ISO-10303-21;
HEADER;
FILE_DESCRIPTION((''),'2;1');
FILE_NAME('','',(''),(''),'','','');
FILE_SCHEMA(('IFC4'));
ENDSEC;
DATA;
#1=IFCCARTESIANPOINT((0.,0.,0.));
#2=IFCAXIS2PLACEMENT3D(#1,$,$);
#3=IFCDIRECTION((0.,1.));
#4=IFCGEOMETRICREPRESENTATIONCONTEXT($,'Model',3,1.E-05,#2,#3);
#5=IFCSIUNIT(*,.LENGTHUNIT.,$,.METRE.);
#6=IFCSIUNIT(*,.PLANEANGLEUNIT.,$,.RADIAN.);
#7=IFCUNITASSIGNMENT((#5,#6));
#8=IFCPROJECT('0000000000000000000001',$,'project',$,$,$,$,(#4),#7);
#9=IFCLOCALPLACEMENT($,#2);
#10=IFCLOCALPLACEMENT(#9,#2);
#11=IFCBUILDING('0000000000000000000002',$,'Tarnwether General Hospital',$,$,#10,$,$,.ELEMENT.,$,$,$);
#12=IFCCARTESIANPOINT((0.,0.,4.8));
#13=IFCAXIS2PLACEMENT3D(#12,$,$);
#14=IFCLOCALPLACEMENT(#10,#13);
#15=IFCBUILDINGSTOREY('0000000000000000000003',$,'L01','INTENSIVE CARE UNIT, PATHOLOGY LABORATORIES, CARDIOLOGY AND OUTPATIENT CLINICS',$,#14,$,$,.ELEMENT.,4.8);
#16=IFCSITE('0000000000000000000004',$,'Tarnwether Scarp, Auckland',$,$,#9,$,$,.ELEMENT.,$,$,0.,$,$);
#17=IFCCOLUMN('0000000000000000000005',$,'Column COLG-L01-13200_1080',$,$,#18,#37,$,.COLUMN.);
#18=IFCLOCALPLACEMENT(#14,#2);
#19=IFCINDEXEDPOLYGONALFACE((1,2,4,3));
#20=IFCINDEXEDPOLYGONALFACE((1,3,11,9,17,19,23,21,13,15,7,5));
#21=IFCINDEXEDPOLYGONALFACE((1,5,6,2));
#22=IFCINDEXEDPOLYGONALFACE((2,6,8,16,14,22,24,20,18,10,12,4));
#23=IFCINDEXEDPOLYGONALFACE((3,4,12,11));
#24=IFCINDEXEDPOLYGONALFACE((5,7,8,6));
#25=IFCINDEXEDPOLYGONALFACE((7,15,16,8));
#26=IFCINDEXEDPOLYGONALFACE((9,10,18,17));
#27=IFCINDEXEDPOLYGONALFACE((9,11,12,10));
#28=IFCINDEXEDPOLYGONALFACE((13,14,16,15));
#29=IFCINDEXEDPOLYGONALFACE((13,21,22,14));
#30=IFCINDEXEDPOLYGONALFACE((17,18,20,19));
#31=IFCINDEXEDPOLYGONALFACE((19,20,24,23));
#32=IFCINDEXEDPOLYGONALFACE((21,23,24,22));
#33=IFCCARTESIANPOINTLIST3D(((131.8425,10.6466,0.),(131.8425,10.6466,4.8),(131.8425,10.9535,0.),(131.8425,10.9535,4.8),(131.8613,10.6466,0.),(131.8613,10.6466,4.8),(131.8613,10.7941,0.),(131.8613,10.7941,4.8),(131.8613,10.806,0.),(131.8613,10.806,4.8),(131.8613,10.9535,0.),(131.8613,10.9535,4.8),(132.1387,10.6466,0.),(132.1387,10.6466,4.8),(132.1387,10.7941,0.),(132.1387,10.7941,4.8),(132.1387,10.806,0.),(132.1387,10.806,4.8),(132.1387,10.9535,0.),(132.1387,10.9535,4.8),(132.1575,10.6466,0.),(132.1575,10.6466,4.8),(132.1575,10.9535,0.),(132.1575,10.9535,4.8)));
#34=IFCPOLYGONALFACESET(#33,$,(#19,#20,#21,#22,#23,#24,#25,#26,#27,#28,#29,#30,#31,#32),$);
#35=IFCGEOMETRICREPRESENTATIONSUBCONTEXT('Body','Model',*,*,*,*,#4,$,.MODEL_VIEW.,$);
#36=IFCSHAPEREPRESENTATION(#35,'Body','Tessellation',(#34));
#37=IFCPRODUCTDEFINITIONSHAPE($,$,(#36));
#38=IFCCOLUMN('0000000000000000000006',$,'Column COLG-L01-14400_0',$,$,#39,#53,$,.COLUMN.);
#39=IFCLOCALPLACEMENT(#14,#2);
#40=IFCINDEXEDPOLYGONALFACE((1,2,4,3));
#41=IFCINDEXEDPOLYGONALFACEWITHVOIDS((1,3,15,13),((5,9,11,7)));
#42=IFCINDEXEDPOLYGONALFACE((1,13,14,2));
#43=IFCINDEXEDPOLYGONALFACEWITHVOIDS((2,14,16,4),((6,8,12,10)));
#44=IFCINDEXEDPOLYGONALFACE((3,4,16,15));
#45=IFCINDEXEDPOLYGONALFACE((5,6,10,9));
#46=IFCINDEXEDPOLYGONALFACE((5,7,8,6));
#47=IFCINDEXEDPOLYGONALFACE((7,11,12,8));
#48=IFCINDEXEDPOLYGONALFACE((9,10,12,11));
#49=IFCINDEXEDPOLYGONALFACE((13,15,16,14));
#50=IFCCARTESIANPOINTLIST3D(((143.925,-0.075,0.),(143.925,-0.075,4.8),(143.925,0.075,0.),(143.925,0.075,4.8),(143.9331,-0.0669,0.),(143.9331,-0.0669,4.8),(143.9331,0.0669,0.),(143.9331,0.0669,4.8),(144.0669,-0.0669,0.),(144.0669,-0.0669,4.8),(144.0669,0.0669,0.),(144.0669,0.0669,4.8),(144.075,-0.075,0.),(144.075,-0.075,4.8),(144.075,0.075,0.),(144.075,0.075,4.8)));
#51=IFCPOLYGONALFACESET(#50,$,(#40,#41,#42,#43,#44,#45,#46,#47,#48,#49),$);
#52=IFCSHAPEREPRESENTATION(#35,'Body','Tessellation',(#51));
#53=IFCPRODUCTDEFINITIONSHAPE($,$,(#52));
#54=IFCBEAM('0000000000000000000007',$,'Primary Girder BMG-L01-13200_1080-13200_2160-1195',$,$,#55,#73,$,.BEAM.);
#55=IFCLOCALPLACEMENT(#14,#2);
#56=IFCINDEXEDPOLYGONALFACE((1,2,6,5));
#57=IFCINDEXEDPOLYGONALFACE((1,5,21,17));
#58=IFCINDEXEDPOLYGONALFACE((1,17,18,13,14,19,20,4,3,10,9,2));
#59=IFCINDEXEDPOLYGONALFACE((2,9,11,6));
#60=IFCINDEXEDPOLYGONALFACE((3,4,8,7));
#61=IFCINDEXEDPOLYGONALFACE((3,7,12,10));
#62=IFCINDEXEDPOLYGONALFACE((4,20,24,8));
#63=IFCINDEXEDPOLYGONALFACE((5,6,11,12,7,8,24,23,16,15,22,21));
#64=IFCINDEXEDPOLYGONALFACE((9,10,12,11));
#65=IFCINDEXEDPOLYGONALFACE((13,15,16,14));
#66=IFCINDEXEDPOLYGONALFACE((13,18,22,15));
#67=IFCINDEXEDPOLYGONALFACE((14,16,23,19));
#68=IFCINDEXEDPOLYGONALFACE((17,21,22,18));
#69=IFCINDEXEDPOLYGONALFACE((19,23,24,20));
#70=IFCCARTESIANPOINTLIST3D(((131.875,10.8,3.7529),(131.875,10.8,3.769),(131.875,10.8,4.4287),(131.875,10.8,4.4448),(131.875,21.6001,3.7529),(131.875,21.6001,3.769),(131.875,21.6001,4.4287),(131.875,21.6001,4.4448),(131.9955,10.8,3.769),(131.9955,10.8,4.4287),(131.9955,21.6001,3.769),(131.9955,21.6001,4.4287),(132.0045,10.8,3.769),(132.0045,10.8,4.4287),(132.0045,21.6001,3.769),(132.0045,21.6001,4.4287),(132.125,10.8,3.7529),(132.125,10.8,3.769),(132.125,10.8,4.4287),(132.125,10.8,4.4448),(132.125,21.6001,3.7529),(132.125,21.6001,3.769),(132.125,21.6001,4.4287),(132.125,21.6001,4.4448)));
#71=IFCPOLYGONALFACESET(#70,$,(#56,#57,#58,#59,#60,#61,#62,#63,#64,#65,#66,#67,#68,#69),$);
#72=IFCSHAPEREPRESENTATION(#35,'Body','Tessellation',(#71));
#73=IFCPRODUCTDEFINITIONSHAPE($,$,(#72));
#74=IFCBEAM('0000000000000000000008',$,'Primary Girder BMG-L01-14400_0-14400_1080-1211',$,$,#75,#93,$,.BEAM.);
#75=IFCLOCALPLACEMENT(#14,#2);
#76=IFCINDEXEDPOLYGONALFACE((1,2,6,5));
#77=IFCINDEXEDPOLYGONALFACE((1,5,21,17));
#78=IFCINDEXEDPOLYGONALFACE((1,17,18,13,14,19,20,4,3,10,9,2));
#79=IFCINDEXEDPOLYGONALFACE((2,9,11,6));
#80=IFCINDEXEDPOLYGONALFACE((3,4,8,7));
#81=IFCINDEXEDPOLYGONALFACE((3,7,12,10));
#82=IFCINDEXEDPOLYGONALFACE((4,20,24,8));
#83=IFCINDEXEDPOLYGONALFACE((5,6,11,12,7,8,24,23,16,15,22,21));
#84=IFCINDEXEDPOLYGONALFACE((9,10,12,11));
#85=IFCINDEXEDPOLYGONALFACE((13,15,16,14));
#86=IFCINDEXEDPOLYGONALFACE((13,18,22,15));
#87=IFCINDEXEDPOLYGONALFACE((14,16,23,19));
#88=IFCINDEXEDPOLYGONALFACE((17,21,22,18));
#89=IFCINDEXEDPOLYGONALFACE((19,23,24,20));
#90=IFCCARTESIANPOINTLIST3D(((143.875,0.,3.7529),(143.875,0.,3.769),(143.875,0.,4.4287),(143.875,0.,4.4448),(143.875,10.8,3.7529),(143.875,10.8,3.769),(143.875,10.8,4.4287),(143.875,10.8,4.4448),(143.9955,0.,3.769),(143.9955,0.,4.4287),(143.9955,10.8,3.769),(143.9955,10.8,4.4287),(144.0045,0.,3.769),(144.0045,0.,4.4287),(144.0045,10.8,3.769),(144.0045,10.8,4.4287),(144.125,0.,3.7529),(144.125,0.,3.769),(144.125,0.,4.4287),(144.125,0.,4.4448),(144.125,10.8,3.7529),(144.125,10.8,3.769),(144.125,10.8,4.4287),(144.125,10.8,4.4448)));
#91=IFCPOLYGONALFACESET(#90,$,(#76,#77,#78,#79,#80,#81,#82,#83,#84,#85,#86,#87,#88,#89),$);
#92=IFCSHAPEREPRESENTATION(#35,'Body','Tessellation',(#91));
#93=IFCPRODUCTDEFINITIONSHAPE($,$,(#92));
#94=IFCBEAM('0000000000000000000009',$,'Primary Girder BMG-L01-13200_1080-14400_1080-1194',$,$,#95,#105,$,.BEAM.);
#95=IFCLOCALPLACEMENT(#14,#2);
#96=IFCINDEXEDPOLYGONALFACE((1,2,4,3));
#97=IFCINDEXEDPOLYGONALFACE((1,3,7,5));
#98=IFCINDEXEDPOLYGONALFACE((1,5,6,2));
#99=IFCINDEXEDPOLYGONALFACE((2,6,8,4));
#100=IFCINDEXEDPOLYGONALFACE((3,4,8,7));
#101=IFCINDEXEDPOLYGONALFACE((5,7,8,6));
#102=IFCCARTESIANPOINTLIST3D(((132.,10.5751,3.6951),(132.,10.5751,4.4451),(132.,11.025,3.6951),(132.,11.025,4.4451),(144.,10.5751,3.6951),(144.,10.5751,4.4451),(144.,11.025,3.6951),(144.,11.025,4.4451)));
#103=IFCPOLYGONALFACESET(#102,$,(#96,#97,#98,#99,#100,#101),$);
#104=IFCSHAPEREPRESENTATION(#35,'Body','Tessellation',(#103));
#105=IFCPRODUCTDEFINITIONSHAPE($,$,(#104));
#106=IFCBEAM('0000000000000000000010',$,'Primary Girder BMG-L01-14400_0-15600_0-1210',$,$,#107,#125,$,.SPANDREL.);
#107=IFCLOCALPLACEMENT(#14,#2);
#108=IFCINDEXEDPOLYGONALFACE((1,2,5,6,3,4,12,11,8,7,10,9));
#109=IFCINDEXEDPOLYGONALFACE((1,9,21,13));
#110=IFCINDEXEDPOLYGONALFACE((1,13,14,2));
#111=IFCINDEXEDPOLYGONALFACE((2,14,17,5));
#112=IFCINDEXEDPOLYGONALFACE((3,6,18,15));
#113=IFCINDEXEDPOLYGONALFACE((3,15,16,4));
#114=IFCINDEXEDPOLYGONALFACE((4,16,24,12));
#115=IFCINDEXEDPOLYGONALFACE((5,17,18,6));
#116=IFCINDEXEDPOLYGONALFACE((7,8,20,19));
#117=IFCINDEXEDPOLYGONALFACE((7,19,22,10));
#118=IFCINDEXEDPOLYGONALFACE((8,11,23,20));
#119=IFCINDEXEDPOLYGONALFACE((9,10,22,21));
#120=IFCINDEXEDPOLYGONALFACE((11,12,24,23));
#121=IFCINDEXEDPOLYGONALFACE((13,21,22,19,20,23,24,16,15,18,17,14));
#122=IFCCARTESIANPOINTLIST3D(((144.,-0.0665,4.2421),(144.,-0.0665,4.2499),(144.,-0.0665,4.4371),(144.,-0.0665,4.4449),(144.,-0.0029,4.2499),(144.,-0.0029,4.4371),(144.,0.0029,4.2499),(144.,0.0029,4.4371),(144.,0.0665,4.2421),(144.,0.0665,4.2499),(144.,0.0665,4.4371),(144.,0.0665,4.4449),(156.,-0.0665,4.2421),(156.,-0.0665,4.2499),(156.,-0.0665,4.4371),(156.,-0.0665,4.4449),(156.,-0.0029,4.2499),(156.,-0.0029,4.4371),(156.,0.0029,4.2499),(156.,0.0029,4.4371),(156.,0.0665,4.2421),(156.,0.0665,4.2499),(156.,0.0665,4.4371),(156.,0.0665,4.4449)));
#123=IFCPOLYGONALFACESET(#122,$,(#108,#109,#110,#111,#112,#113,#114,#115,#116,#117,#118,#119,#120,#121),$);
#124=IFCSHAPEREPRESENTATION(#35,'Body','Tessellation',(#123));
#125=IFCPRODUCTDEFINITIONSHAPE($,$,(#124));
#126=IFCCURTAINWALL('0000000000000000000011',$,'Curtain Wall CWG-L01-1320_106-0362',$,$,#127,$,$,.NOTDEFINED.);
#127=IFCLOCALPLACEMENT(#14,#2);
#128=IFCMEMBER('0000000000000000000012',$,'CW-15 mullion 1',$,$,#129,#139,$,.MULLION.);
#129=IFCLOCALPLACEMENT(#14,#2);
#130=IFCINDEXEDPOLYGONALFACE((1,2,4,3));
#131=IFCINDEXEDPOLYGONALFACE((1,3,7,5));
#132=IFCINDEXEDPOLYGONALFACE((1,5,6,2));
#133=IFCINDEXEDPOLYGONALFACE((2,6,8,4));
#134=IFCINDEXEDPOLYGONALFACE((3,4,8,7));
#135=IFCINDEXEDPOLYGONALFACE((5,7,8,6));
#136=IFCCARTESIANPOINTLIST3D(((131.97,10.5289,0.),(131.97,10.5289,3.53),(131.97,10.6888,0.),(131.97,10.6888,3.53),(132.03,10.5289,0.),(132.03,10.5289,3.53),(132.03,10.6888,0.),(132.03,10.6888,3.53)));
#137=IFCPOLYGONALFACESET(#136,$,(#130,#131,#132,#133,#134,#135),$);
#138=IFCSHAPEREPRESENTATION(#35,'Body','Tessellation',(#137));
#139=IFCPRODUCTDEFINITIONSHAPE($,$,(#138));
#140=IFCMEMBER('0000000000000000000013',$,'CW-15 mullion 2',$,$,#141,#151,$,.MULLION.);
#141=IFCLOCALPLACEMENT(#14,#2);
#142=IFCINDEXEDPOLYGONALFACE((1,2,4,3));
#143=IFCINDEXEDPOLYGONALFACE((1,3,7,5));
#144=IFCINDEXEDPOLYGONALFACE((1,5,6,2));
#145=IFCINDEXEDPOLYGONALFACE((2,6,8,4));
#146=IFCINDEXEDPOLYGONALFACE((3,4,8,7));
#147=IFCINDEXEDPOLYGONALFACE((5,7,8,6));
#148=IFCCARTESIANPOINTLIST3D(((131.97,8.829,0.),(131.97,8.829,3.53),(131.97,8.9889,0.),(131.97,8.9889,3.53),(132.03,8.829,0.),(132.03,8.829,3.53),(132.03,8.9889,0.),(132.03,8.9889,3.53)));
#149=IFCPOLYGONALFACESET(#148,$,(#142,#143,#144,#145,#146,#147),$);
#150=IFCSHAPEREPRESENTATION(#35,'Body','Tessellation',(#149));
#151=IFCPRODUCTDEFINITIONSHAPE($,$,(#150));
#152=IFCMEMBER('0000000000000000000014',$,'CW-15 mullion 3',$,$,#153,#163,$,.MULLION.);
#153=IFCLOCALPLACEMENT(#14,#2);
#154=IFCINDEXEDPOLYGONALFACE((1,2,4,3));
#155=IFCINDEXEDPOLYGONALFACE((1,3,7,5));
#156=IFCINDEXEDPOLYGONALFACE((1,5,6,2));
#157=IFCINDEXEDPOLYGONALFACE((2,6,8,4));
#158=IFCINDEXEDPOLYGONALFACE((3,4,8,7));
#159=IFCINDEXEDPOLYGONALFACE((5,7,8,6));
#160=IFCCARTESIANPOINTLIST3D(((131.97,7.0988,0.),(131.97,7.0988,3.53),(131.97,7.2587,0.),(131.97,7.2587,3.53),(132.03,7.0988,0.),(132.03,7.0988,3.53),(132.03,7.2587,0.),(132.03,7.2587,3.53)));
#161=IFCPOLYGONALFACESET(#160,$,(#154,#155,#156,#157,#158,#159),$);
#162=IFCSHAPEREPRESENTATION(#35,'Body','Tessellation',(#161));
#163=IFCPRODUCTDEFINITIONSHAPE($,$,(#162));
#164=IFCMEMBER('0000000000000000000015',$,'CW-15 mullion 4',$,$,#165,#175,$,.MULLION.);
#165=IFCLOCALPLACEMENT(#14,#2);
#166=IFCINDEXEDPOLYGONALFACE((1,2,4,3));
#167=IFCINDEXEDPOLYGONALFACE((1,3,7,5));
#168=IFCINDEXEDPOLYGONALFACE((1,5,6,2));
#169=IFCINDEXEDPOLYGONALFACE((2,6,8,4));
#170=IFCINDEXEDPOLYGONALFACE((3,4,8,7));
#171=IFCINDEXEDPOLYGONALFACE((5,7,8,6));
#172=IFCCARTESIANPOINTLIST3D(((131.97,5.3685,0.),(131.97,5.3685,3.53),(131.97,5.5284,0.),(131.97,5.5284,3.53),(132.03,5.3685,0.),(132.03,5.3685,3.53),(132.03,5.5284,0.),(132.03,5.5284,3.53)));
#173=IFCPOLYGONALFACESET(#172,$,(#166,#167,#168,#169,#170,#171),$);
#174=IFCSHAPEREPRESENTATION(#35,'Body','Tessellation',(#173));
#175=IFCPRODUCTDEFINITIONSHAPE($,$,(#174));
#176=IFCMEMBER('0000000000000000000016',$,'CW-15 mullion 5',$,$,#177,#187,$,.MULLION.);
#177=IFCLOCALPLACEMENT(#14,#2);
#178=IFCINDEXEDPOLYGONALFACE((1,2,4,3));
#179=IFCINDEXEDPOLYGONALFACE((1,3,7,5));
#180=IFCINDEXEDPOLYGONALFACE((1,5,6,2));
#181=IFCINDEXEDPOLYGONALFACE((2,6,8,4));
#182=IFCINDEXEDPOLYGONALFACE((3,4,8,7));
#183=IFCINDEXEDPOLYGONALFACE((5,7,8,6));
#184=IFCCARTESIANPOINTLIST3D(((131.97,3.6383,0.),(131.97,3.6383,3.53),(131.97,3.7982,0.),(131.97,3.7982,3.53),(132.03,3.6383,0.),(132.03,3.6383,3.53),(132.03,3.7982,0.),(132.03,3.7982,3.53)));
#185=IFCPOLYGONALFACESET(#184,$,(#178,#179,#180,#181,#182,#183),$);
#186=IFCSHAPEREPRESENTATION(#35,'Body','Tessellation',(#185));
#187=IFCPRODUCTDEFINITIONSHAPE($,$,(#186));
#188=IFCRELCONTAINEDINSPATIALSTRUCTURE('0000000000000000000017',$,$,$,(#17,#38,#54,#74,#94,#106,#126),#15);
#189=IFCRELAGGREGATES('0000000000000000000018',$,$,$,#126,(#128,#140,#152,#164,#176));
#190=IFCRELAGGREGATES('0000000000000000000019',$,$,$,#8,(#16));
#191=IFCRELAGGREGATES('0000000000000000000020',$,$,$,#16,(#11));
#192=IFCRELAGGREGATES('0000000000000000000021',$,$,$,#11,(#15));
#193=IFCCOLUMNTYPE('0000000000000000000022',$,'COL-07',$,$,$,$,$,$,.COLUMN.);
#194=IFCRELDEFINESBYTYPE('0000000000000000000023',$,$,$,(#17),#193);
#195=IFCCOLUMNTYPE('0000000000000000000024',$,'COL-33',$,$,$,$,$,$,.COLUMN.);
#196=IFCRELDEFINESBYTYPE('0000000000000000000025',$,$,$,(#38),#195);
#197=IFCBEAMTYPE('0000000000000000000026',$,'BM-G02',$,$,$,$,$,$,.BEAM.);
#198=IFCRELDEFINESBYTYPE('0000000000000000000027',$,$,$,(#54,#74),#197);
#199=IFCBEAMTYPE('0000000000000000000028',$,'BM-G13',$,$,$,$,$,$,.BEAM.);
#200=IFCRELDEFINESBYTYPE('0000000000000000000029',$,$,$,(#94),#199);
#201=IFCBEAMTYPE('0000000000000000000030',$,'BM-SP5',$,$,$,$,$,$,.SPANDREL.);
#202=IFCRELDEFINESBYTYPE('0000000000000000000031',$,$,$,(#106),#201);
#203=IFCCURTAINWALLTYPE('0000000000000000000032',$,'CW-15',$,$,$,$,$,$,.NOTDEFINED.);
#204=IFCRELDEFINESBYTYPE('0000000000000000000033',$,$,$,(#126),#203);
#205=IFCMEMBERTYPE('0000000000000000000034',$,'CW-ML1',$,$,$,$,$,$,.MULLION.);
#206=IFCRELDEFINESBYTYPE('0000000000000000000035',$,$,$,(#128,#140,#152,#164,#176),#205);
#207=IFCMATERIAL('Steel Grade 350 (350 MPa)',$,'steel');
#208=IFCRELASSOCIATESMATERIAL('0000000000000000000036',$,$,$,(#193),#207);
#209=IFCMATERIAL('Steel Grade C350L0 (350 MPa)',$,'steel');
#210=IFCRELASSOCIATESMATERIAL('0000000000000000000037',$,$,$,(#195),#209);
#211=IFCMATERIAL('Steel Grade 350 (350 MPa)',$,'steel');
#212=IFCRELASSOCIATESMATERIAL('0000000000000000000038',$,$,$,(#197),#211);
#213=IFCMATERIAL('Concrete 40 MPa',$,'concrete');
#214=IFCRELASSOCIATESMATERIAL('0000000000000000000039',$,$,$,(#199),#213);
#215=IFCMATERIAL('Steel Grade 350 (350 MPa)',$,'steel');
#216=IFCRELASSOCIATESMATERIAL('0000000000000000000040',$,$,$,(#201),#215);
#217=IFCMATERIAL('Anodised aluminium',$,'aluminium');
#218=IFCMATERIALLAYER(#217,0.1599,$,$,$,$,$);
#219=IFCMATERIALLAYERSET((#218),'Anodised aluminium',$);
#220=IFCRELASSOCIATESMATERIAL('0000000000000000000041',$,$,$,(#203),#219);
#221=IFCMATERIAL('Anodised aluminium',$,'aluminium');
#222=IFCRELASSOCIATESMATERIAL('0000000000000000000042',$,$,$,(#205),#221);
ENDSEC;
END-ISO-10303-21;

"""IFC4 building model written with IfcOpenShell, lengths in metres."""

from ifc_helpers import new_model, si_unit, direction, frame, origin, origin_2d, place, context, subcontext, project, spatial, rectangle, hollow_rectangle, i_section, extrude, material, layer, layer_set, material_profile, profile_set, type_object, element, aggregate, save


model = new_model("IFC4")

# Units and contexts
model_context = context("Model", 3, precision=1e-05, world=origin(), true_north=direction((0.0, 1.0)))
body_context = subcontext(model_context, "Body", "Model", "MODEL_VIEW")
ifc_project = project(units=[si_unit("LENGTHUNIT", "METRE"), si_unit("PLANEANGLEUNIT", "RADIAN")], contexts=[model_context])

# Site, building, storey
site_placement = place(None, origin())
site = spatial("IfcSite", under=ifc_project, at=site_placement, Name="Tarnwether Scarp, Auckland", CompositionType="ELEMENT", RefElevation=0.0)
building_placement = place(site_placement, origin())
building = spatial("IfcBuilding", under=site, at=building_placement, Name="Tarnwether General Hospital", CompositionType="ELEMENT")
storey_placement = place(building_placement, frame((0.0, 0.0, 4.8)))
storey = spatial("IfcBuildingStorey", under=building, at=storey_placement, Name="L01", Description="INTENSIVE CARE UNIT, PATHOLOGY LABORATORIES, CARDIOLOGY AND OUTPATIENT CLINICS", CompositionType="ELEMENT", Elevation=4.8)

# Columns
ifc_material_1 = material(Name="Steel Grade 350 (350 MPa)", Category="steel")
ifc_material_profile_1 = material_profile(ifc_material_1, i_section(OverallWidth=0.3069, OverallDepth=0.3149, WebThickness=0.012, FlangeThickness=0.0188, at=origin_2d()), Name="310UC118")
ifc_profile_set_1 = profile_set([ifc_material_profile_1], Name="Steel Grade 350 (350 MPa)")
column_type_1 = type_object("IfcColumnType", Name="COL-07", PredefinedType="COLUMN", material=ifc_profile_set_1)
column_1_placement = place(storey_placement, frame((132.0, 10.8, 0.0), z_axis=(0.0, 0.0, 1.0), x_axis=(0.0, 1.0, 0.0)))
element("IfcColumn", 1, at=column_1_placement, inside=storey, type_object=column_type_1, Name="Column COLG-L01-13200_1080", PredefinedType="COLUMN", context=body_context, shape_type="SweptSolid", body=[
    extrude(i_section(OverallWidth=0.3069, OverallDepth=0.3149, WebThickness=0.012, FlangeThickness=0.0188, at=origin_2d()), origin(), (0.0, 0.0, 1.0), 4.8),
])
ifc_material_2 = material(Name="Steel Grade C350L0 (350 MPa)", Category="steel")
ifc_material_profile_2 = material_profile(ifc_material_2, hollow_rectangle(XDim=0.1499, YDim=0.1499, WallThickness=0.0081, at=origin_2d()), Name="SHS150x150x8")
ifc_profile_set_2 = profile_set([ifc_material_profile_2], Name="Steel Grade C350L0 (350 MPa)")
column_type_2 = type_object("IfcColumnType", Name="COL-33", PredefinedType="COLUMN", material=ifc_profile_set_2)
column_2_placement = place(storey_placement, frame((144.0, 0.0, 0.0), z_axis=(0.0, 0.0, 1.0), x_axis=(1.0, 0.0, 0.0)))
element("IfcColumn", 2, at=column_2_placement, inside=storey, type_object=column_type_2, Name="Column COLG-L01-14400_0", PredefinedType="COLUMN", context=body_context, shape_type="SweptSolid", body=[
    extrude(hollow_rectangle(XDim=0.1499, YDim=0.1499, WallThickness=0.0081, at=origin_2d()), origin(), (0.0, 0.0, 1.0), 4.8),
])

# Beams
ifc_material_3 = material(Name="Steel Grade 350 (350 MPa)", Category="steel")
ifc_material_profile_3 = material_profile(ifc_material_3, i_section(OverallWidth=0.25, OverallDepth=0.6919, WebThickness=0.009, FlangeThickness=0.0161, at=origin_2d()), Name="700WB115")
ifc_profile_set_3 = profile_set([ifc_material_profile_3], Name="Steel Grade 350 (350 MPa)")
beam_type_1 = type_object("IfcBeamType", Name="BM-G02", PredefinedType="BEAM", material=ifc_profile_set_3)
for number, where, z_axis, x_axis, name in (
    (3, (132.0, 10.8, 4.0989), (0.0, 1.0, 0.0), (-1.0, 0.0, 0.0), "Primary Girder BMG-L01-13200_1080-13200_2160-1195"),
    (4, (144.0, 0.0, 4.0989), (0.0, 1.0, 0.0), (-1.0, 0.0, 0.0), "Primary Girder BMG-L01-14400_0-14400_1080-1211"),
):
    element("IfcBeam", number, at=place(storey_placement, frame(where, z_axis=z_axis, x_axis=x_axis)), inside=storey, type_object=beam_type_1, Name=name, PredefinedType="BEAM", context=body_context, shape_type="SweptSolid", body=[
        extrude(i_section(OverallWidth=0.25, OverallDepth=0.6919, WebThickness=0.009, FlangeThickness=0.0161, at=origin_2d()), origin(), (0.0, 0.0, 1.0), 10.8),
    ])
ifc_material_4 = material(Name="Concrete 40 MPa", Category="concrete")
ifc_material_profile_4 = material_profile(ifc_material_4, rectangle(XDim=0.45, YDim=0.75, at=origin_2d()), Name="RC-BM-450x750")
ifc_profile_set_4 = profile_set([ifc_material_profile_4], Name="Concrete 40 MPa")
beam_type_2 = type_object("IfcBeamType", Name="BM-G13", PredefinedType="BEAM", material=ifc_profile_set_4)
beam_1_placement = place(storey_placement, frame((132.0, 10.8, 4.0701), z_axis=(1.0, 0.0, 0.0), x_axis=(0.0, 1.0, 0.0)))
element("IfcBeam", 5, at=beam_1_placement, inside=storey, type_object=beam_type_2, Name="Primary Girder BMG-L01-13200_1080-14400_1080-1194", PredefinedType="BEAM", context=body_context, shape_type="SweptSolid", body=[
    extrude(rectangle(XDim=0.45, YDim=0.75, at=origin_2d()), origin(), (0.0, 0.0, 1.0), 12.0),
])
ifc_material_5 = material(Name="Steel Grade 350 (350 MPa)", Category="steel")
ifc_material_profile_5 = material_profile(ifc_material_5, i_section(OverallWidth=0.1331, OverallDepth=0.2029, WebThickness=0.0059, FlangeThickness=0.0078, at=origin_2d()), Name="200UB25.4")
ifc_profile_set_5 = profile_set([ifc_material_profile_5], Name="Steel Grade 350 (350 MPa)")
beam_type_3 = type_object("IfcBeamType", Name="BM-SP5", PredefinedType="SPANDREL", material=ifc_profile_set_5)
beam_2_placement = place(storey_placement, frame((144.0, 0.0, 4.3435), z_axis=(1.0, 0.0, 0.0), x_axis=(0.0, 1.0, 0.0)))
element("IfcBeam", 6, at=beam_2_placement, inside=storey, type_object=beam_type_3, Name="Primary Girder BMG-L01-14400_0-15600_0-1210", PredefinedType="SPANDREL", context=body_context, shape_type="SweptSolid", body=[
    extrude(i_section(OverallWidth=0.1331, OverallDepth=0.2029, WebThickness=0.0059, FlangeThickness=0.0078, at=origin_2d()), origin(), (0.0, 0.0, 1.0), 12.0),
])

# Curtain wall, members
ifc_material_6 = material(Name="Anodised aluminium", Category="aluminium")
ifc_layer_1 = layer(ifc_material_6, 0.1599)
ifc_layer_set_1 = layer_set([ifc_layer_1], Name="Anodised aluminium")
curtain_wall_type = type_object("IfcCurtainWallType", Name="CW-15", PredefinedType="NOTDEFINED", material=ifc_layer_set_1)
curtain_wall_1_placement = place(storey_placement, origin())
curtain_wall_1 = element("IfcCurtainWall", 7, at=curtain_wall_1_placement, inside=storey, type_object=curtain_wall_type, Name="Curtain Wall CWG-L01-1320_106-0362", PredefinedType="NOTDEFINED")
ifc_material_7 = material(Name="Anodised aluminium", Category="aluminium")
ifc_material_profile_6 = material_profile(ifc_material_7, rectangle(XDim=0.0601, YDim=0.1599, at=origin_2d()), Name="ALU-MUL-60x160")
ifc_profile_set_6 = profile_set([ifc_material_profile_6], Name="Anodised aluminium")
member_type_1 = type_object("IfcMemberType", Name="CW-ML1", PredefinedType="MULLION", material=ifc_profile_set_6)
member_1_placement = place(storey_placement, frame((132.0, 10.6089, 0.0), z_axis=(0.0, 0.0, 1.0), x_axis=(1.0, 0.0, 0.0)))
member_1 = element("IfcMember", 8, at=member_1_placement, type_object=member_type_1, Name="CW-15 mullion 1", PredefinedType="MULLION", context=body_context, shape_type="SweptSolid", body=[
    extrude(rectangle(XDim=0.0601, YDim=0.1599, at=origin_2d()), origin(), (0.0, 0.0, 1.0), 3.53),
])
member_2_placement = place(storey_placement, frame((132.0, 8.9089, 0.0), z_axis=(0.0, 0.0, 1.0), x_axis=(1.0, 0.0, 0.0)))
member_2 = element("IfcMember", 9, at=member_2_placement, type_object=member_type_1, Name="CW-15 mullion 2", PredefinedType="MULLION", context=body_context, shape_type="SweptSolid", body=[
    extrude(rectangle(XDim=0.0601, YDim=0.1599, at=origin_2d()), origin(), (0.0, 0.0, 1.0), 3.53),
])
member_3_placement = place(storey_placement, frame((132.0, 7.1787, 0.0), z_axis=(0.0, 0.0, 1.0), x_axis=(1.0, 0.0, 0.0)))
member_3 = element("IfcMember", 10, at=member_3_placement, type_object=member_type_1, Name="CW-15 mullion 3", PredefinedType="MULLION", context=body_context, shape_type="SweptSolid", body=[
    extrude(rectangle(XDim=0.0601, YDim=0.1599, at=origin_2d()), origin(), (0.0, 0.0, 1.0), 3.53),
])
member_4_placement = place(storey_placement, frame((132.0, 5.4485, 0.0), z_axis=(0.0, 0.0, 1.0), x_axis=(1.0, 0.0, 0.0)))
member_4 = element("IfcMember", 11, at=member_4_placement, type_object=member_type_1, Name="CW-15 mullion 4", PredefinedType="MULLION", context=body_context, shape_type="SweptSolid", body=[
    extrude(rectangle(XDim=0.0601, YDim=0.1599, at=origin_2d()), origin(), (0.0, 0.0, 1.0), 3.53),
])
member_5_placement = place(storey_placement, frame((132.0, 3.7183, 0.0), z_axis=(0.0, 0.0, 1.0), x_axis=(1.0, 0.0, 0.0)))
member_5 = element("IfcMember", 12, at=member_5_placement, type_object=member_type_1, Name="CW-15 mullion 5", PredefinedType="MULLION", context=body_context, shape_type="SweptSolid", body=[
    extrude(rectangle(XDim=0.0601, YDim=0.1599, at=origin_2d()), origin(), (0.0, 0.0, 1.0), 3.53),
])

aggregate(curtain_wall_1, [member_1, member_2, member_3, member_4, member_5])

save(model, "model.ifc")
